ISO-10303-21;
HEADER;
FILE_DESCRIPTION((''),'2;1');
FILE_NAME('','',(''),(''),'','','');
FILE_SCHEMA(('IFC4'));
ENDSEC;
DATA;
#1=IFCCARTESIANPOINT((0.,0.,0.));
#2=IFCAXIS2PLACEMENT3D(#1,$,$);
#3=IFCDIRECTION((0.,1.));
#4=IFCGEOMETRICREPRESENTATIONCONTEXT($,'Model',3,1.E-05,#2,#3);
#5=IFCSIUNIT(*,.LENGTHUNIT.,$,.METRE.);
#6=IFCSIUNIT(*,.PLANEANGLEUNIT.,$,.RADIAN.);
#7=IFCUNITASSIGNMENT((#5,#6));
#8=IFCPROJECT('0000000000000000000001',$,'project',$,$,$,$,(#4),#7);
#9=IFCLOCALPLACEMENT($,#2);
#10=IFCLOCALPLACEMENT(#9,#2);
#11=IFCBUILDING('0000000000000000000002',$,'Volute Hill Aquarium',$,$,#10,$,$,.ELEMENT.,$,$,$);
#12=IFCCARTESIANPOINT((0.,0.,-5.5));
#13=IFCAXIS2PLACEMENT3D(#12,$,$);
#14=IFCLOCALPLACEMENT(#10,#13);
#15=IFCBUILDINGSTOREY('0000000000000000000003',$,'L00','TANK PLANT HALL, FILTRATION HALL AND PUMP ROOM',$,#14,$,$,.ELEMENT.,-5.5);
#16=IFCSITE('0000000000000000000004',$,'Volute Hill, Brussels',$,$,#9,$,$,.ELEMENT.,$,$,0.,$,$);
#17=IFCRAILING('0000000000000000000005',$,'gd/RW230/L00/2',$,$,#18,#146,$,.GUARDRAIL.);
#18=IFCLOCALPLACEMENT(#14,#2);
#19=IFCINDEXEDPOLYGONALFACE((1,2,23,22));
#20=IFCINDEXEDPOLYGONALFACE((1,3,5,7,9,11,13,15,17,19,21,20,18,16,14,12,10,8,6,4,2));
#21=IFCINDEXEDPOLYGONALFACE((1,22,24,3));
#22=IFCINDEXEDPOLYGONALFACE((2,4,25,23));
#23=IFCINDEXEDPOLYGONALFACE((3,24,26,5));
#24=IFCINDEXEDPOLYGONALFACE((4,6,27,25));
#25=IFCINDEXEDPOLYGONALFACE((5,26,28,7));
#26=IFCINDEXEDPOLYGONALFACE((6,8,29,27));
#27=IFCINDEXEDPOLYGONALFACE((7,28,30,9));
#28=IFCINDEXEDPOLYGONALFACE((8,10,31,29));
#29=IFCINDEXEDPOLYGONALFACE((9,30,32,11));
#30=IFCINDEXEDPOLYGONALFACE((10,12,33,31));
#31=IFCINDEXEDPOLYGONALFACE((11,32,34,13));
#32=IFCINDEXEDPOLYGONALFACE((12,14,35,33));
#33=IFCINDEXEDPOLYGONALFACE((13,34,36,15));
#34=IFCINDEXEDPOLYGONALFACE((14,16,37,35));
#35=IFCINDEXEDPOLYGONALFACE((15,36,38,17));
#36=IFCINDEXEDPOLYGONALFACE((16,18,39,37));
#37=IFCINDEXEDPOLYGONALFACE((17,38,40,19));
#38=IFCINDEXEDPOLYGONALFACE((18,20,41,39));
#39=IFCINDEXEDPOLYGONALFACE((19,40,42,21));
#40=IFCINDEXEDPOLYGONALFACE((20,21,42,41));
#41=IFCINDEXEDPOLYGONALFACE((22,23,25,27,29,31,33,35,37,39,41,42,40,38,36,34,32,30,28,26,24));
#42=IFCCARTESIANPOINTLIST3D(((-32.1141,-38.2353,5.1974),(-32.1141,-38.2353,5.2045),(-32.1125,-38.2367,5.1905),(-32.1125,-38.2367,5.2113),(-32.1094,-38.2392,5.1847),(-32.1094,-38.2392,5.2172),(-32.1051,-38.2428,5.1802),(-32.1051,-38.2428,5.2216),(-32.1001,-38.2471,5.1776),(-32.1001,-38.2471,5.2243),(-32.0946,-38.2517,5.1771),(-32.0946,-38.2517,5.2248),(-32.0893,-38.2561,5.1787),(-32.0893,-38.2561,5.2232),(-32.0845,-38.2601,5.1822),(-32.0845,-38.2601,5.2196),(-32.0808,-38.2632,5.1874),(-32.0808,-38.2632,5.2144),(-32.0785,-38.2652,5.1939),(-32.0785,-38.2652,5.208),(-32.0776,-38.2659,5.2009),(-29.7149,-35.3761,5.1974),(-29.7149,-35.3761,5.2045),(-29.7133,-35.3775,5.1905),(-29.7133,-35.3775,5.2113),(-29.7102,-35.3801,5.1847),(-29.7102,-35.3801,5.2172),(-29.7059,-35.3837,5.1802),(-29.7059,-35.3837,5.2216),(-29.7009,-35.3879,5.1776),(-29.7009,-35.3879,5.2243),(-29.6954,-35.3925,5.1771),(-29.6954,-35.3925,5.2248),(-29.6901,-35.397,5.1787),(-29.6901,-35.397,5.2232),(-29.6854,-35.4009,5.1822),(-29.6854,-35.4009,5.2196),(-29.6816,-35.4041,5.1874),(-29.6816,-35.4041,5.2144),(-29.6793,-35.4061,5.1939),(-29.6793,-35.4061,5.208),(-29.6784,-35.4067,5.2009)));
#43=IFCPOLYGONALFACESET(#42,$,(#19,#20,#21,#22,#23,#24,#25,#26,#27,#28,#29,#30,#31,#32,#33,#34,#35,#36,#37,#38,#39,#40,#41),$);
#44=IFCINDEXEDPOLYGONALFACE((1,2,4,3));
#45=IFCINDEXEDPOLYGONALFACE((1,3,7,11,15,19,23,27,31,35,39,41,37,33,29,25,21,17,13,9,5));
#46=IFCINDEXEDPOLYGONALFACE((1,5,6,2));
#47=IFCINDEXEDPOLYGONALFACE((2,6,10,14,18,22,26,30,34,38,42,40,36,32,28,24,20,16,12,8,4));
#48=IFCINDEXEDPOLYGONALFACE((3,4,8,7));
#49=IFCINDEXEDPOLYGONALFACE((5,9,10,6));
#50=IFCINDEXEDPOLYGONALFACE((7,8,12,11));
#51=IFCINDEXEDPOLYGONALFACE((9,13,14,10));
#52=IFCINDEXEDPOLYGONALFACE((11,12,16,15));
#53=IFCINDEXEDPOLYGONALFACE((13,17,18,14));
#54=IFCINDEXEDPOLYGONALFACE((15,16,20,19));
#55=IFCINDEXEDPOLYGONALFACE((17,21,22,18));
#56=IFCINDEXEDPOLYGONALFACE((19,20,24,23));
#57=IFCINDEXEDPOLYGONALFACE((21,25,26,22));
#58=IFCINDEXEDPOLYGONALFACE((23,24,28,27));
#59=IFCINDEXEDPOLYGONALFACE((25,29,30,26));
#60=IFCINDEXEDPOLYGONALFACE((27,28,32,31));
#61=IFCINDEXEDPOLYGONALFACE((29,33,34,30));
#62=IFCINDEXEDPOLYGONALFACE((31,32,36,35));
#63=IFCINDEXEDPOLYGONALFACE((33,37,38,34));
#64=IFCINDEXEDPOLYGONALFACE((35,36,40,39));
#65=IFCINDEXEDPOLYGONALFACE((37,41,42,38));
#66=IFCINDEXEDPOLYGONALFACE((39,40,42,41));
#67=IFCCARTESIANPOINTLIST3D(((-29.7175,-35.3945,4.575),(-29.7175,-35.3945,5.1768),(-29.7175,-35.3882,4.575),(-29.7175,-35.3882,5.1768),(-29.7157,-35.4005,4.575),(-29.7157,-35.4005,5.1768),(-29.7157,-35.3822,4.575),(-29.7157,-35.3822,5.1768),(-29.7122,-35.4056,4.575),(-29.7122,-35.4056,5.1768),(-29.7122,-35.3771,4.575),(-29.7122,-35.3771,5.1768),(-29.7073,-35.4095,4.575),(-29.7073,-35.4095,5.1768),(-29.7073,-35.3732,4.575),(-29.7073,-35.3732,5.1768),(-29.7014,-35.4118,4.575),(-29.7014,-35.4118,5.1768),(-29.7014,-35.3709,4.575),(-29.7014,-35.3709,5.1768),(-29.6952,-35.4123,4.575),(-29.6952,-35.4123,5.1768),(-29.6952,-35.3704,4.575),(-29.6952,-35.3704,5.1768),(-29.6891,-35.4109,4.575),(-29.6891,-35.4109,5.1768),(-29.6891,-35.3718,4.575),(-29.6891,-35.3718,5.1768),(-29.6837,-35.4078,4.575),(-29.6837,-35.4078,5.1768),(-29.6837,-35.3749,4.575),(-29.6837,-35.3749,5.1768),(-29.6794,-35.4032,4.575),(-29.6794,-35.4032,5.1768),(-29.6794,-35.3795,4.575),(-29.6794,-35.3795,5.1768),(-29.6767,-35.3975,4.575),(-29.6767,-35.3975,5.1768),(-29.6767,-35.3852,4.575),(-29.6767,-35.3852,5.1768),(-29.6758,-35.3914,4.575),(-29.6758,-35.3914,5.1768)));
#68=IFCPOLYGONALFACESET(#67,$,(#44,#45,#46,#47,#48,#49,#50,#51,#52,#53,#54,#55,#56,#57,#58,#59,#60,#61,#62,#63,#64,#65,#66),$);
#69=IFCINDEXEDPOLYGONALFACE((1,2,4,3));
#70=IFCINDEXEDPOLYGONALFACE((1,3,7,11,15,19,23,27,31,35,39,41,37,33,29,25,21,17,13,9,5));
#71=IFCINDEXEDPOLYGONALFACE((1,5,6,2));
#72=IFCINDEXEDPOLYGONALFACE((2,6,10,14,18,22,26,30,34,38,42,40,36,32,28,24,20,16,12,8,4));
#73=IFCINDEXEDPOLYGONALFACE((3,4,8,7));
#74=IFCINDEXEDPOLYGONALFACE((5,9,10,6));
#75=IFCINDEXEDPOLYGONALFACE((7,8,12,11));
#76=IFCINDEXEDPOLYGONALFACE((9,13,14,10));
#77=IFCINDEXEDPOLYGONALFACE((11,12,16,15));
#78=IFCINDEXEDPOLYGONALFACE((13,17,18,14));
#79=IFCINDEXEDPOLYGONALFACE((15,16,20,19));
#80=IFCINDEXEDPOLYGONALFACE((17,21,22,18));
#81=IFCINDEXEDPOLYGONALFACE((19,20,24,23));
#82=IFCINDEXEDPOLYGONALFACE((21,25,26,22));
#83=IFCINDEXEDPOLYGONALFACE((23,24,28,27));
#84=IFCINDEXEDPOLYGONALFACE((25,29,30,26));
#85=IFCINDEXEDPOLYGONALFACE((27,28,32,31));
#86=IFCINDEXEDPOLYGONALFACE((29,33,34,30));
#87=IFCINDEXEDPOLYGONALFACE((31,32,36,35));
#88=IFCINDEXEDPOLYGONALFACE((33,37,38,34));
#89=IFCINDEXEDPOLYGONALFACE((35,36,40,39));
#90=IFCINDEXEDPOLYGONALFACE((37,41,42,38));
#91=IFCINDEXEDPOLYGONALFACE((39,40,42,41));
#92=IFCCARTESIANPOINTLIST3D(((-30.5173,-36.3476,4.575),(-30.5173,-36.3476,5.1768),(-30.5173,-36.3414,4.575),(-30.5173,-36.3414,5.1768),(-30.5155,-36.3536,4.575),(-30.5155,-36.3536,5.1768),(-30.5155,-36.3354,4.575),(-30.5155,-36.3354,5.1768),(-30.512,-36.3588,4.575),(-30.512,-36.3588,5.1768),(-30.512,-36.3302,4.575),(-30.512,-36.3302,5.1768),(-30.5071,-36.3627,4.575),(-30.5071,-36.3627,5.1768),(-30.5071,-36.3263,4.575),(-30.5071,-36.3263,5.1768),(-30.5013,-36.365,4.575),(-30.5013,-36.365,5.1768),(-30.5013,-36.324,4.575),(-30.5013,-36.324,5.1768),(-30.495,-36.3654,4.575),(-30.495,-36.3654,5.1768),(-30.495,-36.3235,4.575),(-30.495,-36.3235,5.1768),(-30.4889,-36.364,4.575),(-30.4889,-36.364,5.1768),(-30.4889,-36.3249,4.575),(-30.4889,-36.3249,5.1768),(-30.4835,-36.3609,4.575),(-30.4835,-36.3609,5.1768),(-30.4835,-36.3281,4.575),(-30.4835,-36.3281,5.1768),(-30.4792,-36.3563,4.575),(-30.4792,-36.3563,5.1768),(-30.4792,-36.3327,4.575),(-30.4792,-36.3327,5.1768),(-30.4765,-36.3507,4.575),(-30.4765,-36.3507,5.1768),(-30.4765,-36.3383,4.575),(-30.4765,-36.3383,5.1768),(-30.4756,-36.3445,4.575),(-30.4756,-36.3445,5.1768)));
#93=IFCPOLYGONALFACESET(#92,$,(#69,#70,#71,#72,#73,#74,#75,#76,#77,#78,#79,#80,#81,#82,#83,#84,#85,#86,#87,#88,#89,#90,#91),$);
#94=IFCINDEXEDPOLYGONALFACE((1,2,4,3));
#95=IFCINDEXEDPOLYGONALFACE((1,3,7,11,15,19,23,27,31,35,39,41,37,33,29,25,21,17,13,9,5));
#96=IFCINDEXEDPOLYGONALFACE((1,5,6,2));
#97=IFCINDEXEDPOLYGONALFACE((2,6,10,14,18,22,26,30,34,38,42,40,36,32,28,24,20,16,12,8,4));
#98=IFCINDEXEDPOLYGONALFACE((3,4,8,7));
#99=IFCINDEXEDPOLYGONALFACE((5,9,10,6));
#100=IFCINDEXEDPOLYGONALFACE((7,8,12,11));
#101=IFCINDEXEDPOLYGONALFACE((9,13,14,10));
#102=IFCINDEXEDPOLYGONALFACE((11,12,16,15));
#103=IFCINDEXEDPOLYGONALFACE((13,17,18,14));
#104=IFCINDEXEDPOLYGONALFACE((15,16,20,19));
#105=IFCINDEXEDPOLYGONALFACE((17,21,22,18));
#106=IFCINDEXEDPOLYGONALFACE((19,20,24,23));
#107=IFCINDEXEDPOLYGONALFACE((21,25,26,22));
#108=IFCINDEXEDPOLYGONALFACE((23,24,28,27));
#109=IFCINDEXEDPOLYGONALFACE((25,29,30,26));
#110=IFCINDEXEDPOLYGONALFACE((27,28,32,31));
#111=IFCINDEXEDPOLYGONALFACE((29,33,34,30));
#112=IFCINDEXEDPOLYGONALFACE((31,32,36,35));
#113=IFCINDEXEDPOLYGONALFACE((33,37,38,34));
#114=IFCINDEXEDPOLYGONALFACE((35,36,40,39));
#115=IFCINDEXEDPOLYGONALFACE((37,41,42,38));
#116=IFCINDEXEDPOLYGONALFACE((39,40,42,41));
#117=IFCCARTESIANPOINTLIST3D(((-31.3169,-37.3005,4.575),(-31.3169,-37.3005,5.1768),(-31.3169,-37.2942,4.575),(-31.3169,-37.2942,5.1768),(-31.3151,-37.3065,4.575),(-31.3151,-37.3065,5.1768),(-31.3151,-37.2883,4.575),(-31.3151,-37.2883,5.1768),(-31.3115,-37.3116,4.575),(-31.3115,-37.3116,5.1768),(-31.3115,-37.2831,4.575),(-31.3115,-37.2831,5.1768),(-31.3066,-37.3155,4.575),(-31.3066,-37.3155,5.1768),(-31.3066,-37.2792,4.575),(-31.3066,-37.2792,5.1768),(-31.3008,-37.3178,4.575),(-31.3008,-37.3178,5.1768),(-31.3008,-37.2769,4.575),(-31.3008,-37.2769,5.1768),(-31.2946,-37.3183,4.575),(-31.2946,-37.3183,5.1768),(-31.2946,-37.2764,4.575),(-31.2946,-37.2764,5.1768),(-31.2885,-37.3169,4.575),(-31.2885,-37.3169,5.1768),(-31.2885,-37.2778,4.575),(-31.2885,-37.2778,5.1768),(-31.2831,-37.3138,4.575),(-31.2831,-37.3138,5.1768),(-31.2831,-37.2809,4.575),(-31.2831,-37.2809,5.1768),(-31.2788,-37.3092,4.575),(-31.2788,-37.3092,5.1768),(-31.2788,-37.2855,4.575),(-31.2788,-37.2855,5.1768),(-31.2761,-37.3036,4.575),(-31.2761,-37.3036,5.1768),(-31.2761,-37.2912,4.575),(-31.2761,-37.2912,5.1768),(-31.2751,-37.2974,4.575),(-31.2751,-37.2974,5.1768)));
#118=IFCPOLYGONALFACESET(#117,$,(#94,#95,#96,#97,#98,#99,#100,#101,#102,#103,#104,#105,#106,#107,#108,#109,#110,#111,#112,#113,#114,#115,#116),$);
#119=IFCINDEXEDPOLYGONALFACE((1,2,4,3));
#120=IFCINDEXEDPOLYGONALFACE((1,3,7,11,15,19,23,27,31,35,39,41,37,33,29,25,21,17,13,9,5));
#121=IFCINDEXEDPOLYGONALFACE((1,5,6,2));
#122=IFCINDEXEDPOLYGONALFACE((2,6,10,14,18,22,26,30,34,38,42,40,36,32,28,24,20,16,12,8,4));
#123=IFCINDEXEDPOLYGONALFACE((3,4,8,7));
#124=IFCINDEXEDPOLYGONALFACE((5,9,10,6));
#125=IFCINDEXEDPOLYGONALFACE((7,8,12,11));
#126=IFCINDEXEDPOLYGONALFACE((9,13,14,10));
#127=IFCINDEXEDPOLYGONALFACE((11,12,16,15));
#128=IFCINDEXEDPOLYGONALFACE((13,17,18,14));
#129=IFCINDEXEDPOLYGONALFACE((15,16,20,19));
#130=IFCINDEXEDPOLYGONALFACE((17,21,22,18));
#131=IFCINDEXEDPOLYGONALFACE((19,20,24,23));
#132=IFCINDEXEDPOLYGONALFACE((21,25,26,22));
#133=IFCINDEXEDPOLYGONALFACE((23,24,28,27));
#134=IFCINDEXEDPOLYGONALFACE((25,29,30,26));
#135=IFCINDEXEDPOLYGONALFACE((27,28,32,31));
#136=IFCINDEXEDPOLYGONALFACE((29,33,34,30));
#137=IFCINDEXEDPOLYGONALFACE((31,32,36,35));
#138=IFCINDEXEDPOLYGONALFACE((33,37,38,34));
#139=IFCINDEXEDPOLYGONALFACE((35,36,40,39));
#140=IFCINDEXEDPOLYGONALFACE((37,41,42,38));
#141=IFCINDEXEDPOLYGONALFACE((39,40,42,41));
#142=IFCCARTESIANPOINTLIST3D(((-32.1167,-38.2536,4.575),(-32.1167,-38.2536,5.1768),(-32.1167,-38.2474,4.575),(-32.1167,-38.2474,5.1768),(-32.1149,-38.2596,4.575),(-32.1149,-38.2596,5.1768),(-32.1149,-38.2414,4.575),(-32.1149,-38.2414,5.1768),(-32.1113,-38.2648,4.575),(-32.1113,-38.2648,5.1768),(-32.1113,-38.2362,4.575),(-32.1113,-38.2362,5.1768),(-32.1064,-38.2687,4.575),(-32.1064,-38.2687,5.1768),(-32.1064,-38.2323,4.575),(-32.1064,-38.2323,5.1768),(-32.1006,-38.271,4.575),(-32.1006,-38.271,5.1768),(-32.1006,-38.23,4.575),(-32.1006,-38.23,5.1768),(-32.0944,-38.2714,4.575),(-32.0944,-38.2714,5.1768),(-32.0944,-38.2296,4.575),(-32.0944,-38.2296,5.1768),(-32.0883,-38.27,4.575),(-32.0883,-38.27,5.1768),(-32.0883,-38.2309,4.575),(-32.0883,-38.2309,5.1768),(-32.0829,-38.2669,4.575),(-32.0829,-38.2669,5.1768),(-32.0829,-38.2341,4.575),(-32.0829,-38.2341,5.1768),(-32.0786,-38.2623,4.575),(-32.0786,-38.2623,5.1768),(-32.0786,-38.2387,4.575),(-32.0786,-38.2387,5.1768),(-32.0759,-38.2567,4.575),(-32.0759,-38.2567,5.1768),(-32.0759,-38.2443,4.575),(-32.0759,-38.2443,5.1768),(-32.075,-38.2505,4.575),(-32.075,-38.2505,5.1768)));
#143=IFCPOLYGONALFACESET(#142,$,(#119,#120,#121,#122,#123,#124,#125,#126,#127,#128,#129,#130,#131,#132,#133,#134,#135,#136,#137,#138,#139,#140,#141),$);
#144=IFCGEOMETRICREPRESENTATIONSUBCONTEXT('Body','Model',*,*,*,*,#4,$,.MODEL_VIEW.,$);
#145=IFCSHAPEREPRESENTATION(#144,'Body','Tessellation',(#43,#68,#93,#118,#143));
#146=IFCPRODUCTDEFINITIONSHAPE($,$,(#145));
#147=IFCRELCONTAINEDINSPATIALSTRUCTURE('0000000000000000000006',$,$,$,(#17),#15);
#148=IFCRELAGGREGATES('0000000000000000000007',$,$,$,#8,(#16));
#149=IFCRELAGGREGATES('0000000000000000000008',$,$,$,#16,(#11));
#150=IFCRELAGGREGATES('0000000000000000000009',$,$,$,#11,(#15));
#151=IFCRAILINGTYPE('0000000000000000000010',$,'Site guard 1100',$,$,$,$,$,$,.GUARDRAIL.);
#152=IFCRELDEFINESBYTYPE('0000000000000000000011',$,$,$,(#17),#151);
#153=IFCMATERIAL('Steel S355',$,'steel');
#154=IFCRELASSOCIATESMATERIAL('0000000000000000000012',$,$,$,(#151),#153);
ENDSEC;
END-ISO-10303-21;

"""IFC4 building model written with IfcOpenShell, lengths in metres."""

from ifc_helpers import new_model, si_unit, direction, frame, origin, origin_2d, place, context, subcontext, project, spatial, circle, extrude, material, type_object, element, save


model = new_model("IFC4")

# Units and contexts
model_context = context("Model", 3, precision=1e-05, world=origin(), true_north=direction((0.0, 1.0)))
body_context = subcontext(model_context, "Body", "Model", "MODEL_VIEW")
ifc_project = project(units=[si_unit("LENGTHUNIT", "METRE"), si_unit("PLANEANGLEUNIT", "RADIAN")], contexts=[model_context])

# Site, building, storey
site_placement = place(None, origin())
site = spatial("IfcSite", under=ifc_project, at=site_placement, Name="Volute Hill, Brussels", CompositionType="ELEMENT", RefElevation=0.0)
building_placement = place(site_placement, origin())
building = spatial("IfcBuilding", under=site, at=building_placement, Name="Volute Hill Aquarium", CompositionType="ELEMENT")
storey_placement = place(building_placement, frame((0.0, 0.0, -5.5)))
storey = spatial("IfcBuildingStorey", under=building, at=storey_placement, Name="L00", Description="TANK PLANT HALL, FILTRATION HALL AND PUMP ROOM", CompositionType="ELEMENT", Elevation=-5.5)

# Railing
ifc_material_1 = material(Name="Steel S355", Category="steel")
railing_type = type_object("IfcRailingType", Name="Site guard 1100", PredefinedType="GUARDRAIL", material=ifc_material_1)
railing_1_placement = place(storey_placement, frame((-29.6968, -35.3914, 4.575)))
element("IfcRailing", 1, at=railing_1_placement, inside=storey, type_object=railing_type, Name="gd/RW230/L00/2", PredefinedType="GUARDRAIL", context=body_context, shape_type="SweptSolid", body=[
    extrude(circle(Radius=0.0239, at=origin_2d()), frame((0.0, 0.0, 0.626), z_axis=(-0.642799, -0.766035, 0.0), x_axis=(0.766035, -0.642799, 0.0)), (0.0, 0.0, 1.0), 3.7324),
    extrude(circle(Radius=0.021, at=origin_2d()), origin(), (0.0, 0.0, 1.0), 0.6018),
    extrude(circle(Radius=0.021, at=origin_2d()), frame((-0.7998, -0.9531, 0.0)), (0.0, 0.0, 1.0), 0.6018),
    extrude(circle(Radius=0.021, at=origin_2d()), frame((-1.5994, -1.906, 0.0)), (0.0, 0.0, 1.0), 0.6018),
    extrude(circle(Radius=0.021, at=origin_2d()), frame((-2.3992, -2.8591, 0.0)), (0.0, 0.0, 1.0), 0.6018),
])

save(model, "model.ifc")
